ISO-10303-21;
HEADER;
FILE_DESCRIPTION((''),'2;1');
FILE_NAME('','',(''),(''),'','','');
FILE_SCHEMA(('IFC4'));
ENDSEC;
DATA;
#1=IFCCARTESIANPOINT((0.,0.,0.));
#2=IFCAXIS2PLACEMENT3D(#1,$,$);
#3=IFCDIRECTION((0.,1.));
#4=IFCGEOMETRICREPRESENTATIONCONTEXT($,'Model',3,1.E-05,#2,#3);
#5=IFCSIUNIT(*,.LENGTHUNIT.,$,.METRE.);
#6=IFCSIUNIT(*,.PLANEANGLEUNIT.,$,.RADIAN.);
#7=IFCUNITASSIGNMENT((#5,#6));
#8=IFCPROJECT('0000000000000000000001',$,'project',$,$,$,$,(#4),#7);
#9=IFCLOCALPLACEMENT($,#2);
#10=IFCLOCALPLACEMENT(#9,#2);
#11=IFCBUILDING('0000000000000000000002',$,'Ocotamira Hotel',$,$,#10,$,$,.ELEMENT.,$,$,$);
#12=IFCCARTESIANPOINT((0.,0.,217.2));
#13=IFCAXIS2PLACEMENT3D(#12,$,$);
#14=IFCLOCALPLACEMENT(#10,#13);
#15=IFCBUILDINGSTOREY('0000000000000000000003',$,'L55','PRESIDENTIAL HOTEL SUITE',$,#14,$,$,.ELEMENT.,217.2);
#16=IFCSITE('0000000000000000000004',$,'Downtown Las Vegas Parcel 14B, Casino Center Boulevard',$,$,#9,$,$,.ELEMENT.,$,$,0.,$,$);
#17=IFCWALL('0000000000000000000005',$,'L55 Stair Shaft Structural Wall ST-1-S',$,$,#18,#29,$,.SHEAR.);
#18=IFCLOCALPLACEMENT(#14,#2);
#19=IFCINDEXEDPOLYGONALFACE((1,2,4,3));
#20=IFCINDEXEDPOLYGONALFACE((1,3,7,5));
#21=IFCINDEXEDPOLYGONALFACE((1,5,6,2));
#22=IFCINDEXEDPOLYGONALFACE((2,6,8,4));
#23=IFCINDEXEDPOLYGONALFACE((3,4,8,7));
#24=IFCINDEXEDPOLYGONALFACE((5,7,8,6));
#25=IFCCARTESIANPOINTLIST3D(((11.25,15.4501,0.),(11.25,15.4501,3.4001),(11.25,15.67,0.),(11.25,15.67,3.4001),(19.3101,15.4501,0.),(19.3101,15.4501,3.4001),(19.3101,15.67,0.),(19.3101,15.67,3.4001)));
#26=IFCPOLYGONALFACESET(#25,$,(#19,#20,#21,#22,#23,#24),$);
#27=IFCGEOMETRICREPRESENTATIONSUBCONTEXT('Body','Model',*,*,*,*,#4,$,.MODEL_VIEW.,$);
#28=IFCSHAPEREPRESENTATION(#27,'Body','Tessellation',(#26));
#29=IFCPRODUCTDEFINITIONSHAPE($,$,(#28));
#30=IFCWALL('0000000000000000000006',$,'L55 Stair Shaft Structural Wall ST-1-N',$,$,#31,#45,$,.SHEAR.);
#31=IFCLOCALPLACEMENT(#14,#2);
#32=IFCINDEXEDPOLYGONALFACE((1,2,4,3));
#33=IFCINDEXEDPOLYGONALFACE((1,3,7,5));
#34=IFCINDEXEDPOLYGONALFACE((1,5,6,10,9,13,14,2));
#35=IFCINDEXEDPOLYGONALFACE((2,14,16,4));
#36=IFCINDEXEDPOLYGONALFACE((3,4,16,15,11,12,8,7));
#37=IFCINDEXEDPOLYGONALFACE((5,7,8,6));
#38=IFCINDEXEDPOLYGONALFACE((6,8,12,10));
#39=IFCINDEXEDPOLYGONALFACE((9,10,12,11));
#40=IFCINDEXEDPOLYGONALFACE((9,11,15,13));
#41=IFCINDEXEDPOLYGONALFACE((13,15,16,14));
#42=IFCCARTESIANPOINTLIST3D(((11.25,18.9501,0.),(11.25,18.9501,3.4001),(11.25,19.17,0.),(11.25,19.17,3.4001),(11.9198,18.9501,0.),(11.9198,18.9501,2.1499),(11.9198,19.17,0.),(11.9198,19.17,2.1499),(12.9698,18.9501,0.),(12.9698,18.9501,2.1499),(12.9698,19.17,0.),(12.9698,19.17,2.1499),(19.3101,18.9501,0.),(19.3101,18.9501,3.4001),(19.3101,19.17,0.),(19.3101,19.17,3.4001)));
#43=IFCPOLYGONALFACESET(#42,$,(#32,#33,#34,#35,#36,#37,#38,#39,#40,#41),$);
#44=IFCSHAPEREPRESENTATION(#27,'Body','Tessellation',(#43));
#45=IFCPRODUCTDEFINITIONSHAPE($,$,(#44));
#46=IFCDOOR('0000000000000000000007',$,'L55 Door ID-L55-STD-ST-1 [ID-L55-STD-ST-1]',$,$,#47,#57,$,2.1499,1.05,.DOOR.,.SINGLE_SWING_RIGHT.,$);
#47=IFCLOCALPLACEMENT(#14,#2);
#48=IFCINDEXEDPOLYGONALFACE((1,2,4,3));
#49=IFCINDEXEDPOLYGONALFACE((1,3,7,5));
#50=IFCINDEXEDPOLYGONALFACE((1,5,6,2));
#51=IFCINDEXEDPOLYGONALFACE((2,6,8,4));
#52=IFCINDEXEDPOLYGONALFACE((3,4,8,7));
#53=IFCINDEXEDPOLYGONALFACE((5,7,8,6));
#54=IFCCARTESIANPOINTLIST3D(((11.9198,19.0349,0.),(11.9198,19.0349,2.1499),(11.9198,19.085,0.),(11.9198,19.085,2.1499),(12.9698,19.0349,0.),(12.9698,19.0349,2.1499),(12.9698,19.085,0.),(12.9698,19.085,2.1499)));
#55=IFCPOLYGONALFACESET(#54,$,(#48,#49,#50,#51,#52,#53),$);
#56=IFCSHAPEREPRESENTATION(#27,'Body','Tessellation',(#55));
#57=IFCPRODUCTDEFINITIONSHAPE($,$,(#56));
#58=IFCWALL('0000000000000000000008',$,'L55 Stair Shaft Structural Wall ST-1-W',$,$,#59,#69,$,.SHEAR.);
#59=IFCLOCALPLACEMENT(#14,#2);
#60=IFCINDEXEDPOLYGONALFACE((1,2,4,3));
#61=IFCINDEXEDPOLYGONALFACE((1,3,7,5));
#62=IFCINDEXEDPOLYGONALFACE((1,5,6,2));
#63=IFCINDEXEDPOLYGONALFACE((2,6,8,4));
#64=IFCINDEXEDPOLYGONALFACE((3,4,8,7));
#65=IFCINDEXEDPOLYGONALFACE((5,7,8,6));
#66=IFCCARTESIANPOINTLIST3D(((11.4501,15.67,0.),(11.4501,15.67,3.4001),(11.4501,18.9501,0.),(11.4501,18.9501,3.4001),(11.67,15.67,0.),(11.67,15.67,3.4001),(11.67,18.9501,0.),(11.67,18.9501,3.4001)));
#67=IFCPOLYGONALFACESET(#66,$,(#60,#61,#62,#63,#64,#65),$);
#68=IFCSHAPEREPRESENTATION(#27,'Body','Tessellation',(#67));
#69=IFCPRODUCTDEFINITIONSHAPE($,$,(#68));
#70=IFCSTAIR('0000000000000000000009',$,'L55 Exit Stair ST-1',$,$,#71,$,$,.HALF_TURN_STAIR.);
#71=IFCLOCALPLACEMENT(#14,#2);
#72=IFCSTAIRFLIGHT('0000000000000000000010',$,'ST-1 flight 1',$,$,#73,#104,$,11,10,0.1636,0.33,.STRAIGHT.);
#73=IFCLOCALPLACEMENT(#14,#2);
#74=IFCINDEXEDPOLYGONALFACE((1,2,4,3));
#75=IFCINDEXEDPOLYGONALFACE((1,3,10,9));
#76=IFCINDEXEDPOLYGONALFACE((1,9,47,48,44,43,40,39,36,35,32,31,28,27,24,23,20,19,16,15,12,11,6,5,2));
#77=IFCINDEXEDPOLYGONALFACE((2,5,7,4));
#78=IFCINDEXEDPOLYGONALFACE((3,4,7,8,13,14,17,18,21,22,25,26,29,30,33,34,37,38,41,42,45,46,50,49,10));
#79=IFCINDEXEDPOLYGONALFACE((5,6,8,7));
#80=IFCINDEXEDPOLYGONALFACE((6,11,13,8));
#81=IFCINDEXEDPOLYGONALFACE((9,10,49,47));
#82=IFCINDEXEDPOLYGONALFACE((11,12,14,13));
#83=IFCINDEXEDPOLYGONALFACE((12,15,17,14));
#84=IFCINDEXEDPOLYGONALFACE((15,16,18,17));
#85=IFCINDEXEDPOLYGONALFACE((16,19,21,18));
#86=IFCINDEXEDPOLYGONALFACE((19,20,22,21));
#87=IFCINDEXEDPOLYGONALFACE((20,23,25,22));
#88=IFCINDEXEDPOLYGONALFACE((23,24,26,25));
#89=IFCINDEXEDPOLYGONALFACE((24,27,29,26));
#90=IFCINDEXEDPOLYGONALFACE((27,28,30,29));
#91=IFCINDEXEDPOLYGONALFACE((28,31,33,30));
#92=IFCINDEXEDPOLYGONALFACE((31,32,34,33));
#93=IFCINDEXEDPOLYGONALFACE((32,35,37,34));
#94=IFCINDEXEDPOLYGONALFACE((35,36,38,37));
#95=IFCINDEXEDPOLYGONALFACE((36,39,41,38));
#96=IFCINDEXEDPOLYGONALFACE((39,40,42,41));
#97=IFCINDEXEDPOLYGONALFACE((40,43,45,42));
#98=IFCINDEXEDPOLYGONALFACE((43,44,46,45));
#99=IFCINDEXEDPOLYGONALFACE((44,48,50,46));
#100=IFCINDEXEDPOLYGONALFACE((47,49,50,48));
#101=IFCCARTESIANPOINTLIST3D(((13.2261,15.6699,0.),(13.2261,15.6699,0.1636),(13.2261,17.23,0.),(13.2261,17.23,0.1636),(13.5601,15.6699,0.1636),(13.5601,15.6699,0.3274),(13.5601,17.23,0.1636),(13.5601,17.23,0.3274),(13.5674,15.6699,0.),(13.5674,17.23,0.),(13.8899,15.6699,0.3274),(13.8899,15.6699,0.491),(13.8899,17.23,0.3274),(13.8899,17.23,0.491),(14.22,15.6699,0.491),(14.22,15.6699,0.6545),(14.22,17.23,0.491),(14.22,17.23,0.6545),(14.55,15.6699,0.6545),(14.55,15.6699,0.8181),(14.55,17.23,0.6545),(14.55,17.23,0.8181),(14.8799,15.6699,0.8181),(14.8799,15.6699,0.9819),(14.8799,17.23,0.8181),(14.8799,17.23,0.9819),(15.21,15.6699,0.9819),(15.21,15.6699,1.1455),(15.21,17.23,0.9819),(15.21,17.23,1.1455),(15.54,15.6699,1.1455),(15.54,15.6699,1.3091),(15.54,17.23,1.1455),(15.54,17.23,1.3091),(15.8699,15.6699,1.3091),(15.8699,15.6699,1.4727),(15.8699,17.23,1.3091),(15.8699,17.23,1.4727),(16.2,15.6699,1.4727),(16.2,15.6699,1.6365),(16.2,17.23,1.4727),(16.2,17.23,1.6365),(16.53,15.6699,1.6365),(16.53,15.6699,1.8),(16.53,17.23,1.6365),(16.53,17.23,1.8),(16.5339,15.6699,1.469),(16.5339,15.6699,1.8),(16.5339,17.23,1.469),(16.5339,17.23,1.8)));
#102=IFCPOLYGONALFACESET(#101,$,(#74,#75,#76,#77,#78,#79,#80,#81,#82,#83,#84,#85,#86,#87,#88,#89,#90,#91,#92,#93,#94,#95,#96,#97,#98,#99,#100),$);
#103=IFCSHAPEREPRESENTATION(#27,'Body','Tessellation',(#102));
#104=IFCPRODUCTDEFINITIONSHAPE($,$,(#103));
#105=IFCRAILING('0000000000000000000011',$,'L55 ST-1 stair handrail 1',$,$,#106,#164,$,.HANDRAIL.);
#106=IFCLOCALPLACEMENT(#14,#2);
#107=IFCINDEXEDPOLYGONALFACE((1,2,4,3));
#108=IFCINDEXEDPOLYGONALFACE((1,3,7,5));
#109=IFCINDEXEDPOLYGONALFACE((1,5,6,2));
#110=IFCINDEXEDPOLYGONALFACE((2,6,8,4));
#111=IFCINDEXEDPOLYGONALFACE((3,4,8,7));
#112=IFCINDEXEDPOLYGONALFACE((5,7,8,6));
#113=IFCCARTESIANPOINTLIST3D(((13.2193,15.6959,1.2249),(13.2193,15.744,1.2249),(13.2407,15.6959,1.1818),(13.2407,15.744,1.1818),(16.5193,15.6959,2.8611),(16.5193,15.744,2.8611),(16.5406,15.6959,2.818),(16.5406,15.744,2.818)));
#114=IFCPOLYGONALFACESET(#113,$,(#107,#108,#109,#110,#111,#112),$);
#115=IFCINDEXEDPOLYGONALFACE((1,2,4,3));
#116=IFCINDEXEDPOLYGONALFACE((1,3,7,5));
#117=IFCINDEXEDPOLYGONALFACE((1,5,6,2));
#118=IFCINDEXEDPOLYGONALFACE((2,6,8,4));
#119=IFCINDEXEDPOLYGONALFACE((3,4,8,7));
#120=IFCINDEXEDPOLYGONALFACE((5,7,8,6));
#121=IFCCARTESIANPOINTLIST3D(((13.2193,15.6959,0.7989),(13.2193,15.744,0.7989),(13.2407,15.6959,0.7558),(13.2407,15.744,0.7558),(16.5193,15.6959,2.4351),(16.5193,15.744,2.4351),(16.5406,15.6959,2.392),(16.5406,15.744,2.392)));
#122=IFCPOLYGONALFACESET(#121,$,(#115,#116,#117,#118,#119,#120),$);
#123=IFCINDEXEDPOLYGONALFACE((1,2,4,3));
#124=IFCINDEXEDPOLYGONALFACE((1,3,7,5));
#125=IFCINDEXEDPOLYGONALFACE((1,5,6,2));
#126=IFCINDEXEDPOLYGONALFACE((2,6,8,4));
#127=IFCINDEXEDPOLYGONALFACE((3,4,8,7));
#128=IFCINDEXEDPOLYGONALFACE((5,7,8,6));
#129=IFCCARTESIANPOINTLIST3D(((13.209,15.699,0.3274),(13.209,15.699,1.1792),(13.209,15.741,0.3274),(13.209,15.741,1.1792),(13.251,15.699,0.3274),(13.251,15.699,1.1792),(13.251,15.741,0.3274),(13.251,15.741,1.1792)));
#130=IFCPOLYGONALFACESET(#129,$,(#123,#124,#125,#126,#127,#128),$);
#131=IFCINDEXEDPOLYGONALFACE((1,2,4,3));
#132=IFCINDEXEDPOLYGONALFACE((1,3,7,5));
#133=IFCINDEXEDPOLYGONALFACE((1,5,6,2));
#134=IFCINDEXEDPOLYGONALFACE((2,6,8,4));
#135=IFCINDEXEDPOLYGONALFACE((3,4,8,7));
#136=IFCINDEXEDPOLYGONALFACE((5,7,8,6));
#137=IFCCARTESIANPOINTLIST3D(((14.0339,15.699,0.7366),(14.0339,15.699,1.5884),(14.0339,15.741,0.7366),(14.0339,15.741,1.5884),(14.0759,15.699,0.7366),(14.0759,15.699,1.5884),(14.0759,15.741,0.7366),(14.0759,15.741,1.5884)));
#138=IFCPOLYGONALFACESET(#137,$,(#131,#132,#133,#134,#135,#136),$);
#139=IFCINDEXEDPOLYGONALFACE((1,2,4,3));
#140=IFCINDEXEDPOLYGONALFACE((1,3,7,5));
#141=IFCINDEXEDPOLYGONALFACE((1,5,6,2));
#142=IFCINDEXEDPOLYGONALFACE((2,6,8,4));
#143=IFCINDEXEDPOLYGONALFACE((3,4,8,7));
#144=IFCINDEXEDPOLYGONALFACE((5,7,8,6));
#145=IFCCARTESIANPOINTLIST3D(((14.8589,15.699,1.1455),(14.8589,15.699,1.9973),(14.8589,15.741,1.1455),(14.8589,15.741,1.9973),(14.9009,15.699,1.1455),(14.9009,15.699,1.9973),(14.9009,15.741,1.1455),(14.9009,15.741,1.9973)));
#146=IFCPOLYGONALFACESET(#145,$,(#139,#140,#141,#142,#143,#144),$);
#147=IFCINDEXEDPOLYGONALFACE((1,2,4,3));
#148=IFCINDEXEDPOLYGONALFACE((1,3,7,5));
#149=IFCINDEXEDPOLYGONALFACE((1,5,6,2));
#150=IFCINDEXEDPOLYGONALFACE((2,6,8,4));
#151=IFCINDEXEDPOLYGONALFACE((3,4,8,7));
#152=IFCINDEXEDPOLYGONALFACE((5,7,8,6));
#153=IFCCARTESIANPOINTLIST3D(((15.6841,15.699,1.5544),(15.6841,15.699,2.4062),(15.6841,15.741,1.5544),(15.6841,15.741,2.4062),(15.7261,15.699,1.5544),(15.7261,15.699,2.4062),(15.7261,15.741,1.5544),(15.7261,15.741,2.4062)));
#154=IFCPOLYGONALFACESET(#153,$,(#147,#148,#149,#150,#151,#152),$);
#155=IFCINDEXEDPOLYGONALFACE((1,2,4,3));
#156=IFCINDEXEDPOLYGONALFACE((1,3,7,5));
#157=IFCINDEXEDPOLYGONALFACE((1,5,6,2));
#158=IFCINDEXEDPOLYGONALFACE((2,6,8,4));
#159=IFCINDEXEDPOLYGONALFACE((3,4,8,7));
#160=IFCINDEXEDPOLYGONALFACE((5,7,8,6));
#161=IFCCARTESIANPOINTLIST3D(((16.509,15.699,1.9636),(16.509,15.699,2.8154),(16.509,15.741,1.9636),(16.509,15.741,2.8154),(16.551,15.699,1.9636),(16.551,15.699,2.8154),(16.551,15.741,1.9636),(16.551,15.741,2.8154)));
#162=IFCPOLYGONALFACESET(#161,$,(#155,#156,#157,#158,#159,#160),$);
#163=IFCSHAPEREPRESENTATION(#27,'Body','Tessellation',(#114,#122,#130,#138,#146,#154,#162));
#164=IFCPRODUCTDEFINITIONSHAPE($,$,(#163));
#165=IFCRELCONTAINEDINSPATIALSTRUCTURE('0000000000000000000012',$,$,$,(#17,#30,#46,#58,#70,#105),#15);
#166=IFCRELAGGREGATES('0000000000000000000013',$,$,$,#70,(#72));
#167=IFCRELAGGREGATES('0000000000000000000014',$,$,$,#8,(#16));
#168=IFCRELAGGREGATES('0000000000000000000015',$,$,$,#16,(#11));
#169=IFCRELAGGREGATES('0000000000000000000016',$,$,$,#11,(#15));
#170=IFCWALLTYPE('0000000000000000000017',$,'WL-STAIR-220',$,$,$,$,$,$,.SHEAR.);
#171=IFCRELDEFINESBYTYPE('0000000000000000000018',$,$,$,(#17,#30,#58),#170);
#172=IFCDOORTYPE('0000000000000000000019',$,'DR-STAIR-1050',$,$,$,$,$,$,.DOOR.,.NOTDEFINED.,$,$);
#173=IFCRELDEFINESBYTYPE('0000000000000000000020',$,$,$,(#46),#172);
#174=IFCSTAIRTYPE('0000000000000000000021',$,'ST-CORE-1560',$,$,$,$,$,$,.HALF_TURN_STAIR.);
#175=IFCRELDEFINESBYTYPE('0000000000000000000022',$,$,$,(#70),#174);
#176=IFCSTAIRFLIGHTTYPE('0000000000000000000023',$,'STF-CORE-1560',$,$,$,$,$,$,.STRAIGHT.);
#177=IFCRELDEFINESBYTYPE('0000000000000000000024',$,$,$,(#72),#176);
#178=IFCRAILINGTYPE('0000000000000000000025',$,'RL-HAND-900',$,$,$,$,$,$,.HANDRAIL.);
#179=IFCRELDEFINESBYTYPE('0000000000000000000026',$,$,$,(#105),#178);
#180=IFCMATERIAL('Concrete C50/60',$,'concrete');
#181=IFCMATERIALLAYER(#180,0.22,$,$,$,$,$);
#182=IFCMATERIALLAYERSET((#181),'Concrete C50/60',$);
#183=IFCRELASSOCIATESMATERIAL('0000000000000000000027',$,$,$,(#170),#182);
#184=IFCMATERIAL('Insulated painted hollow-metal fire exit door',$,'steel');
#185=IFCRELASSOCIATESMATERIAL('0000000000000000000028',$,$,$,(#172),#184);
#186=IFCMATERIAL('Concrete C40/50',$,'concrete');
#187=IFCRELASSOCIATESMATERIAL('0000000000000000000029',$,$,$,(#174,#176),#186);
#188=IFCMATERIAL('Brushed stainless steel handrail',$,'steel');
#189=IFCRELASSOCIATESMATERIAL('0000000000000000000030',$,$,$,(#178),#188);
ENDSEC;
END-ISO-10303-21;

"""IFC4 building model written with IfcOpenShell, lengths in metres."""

from ifc_helpers import new_model, si_unit, direction, frame, frame_2d, origin, origin_2d, place, context, subcontext, project, spatial, polyline, rectangle, outline, extrude, source, transform, mapped, material, layer, layer_set, type_object, element, fill, aggregate, save


model = new_model("IFC4")

# Units and contexts
model_context = context("Model", 3, precision=1e-05, world=origin(), true_north=direction((0.0, 1.0)))
body_context = subcontext(model_context, "Body", "Model", "MODEL_VIEW")
ifc_project = project(units=[si_unit("LENGTHUNIT", "METRE"), si_unit("PLANEANGLEUNIT", "RADIAN")], contexts=[model_context])

# Site, building, storey
site_placement = place(None, origin())
site = spatial("IfcSite", under=ifc_project, at=site_placement, Name="Downtown Las Vegas Parcel 14B, Casino Center Boulevard", CompositionType="ELEMENT", RefElevation=0.0)
building_placement = place(site_placement, origin())
building = spatial("IfcBuilding", under=site, at=building_placement, Name="Ocotamira Hotel", CompositionType="ELEMENT")
storey_placement = place(building_placement, frame((0.0, 0.0, 217.2)))
storey = spatial("IfcBuildingStorey", under=building, at=storey_placement, Name="L55", Description="PRESIDENTIAL HOTEL SUITE", CompositionType="ELEMENT", Elevation=217.2)

# Shared definitions
ifc_material_1 = material(Name="Concrete C50/60", Category="concrete")

# Wall
ifc_layer_1 = layer(ifc_material_1, 0.22)
ifc_layer_set_1 = layer_set([ifc_layer_1], Name="Concrete C50/60")
wall_type_1 = type_object("IfcWallType", Name="WL-STAIR-220", PredefinedType="SHEAR", material=ifc_layer_set_1)
wall_1_placement = place(storey_placement, frame((11.25, 15.5601, 0.0), z_axis=(0.0, 0.0, 1.0), x_axis=(1.0, 0.0, 0.0)))
element("IfcWall", 1, at=wall_1_placement, inside=storey, type_object=wall_type_1, Name="L55 Stair Shaft Structural Wall ST-1-S", PredefinedType="SHEAR", context=body_context, shape_type="SweptSolid", body=[
    extrude(rectangle(XDim=8.0601, YDim=0.22, at=frame_2d((4.03, 0.0))), origin(), (0.0, 0.0, 1.0), 3.4001),
])

# Wall, opening, door
wall_2_placement = place(storey_placement, frame((11.25, 19.0601, 0.0), z_axis=(0.0, 0.0, 1.0), x_axis=(1.0, 0.0, 0.0)))
wall_2 = element("IfcWall", 2, at=wall_2_placement, inside=storey, type_object=wall_type_1, Name="L55 Stair Shaft Structural Wall ST-1-N", PredefinedType="SHEAR", context=body_context, shape_type="SweptSolid", body=[
    extrude(rectangle(XDim=8.0601, YDim=0.22, at=frame_2d((4.03, 0.0))), origin(), (0.0, 0.0, 1.0), 3.4001),
])
opening_1_placement = place(wall_2_placement, frame((0.6699, 0.0, 0.0)))
opening_1 = element("IfcOpeningElement", 3, at=opening_1_placement, cuts=wall_2, PredefinedType="OPENING", context=body_context, shape_type="SweptSolid", body=[
    extrude(rectangle(XDim=1.05, YDim=2.1499, at=frame_2d((0.5249, 1.075))), frame((0.0, 0.1201, 0.0), z_axis=(0.0, -1.0, 0.0), x_axis=(1.0, 0.0, 0.0)), (0.0, 0.0, 1.0), 0.24),
])
ifc_material_2 = material(Name="Insulated painted hollow-metal fire exit door", Category="steel")
door_type_1 = type_object("IfcDoorType", Name="DR-STAIR-1050", OperationType="NOTDEFINED", PredefinedType="DOOR", material=ifc_material_2)
shared_shape_1 = source(origin(), body_context, "Body", "SweptSolid", [
    extrude(rectangle(XDim=1.05, YDim=2.1499, at=frame_2d((0.5249, 1.075))), frame((0.0, 0.0249, 0.0), z_axis=(0.0, -1.0, 0.0), x_axis=(1.0, 0.0, 0.0)), (0.0, 0.0, 1.0), 0.05),
])
door_1_placement = place(opening_1_placement, origin())
door_1 = element("IfcDoor", 4, at=door_1_placement, inside=storey, type_object=door_type_1, Name="L55 Door ID-L55-STD-ST-1 [ID-L55-STD-ST-1]", OperationType="SINGLE_SWING_RIGHT", OverallHeight=2.1499, OverallWidth=1.05, PredefinedType="DOOR", context=body_context, shape_type="MappedRepresentation", body=[
    mapped(shared_shape_1, transform((0.0, 0.0, 0.0), scale=1.0)),
])
fill(opening_1, door_1)

# Wall
wall_3_placement = place(storey_placement, frame((11.5601, 15.6699, 0.0), z_axis=(0.0, 0.0, 1.0), x_axis=(0.0, 1.0, 0.0)))
element("IfcWall", 5, at=wall_3_placement, inside=storey, type_object=wall_type_1, Name="L55 Stair Shaft Structural Wall ST-1-W", PredefinedType="SHEAR", context=body_context, shape_type="SweptSolid", body=[
    extrude(rectangle(XDim=3.28, YDim=0.22, at=frame_2d((1.6401, 0.0))), origin(), (0.0, 0.0, 1.0), 3.4001),
])

# Stair, stair flight
ifc_material_3 = material(Name="Concrete C40/50", Category="concrete")
stair_type = type_object("IfcStairType", Name="ST-CORE-1560", PredefinedType="HALF_TURN_STAIR", material=ifc_material_3)
stair_placement = place(storey_placement, origin())
stair = element("IfcStair", 6, at=stair_placement, inside=storey, type_object=stair_type, Name="L55 Exit Stair ST-1", PredefinedType="HALF_TURN_STAIR")
stair_flight_type = type_object("IfcStairFlightType", Name="STF-CORE-1560", PredefinedType="STRAIGHT", material=ifc_material_3)
shared_shape_2 = source(origin(), body_context, "Body", "SweptSolid", [
    extrude(outline(polyline([(-0.0039, 0.0), (-0.0039, 0.1636), (0.3301, 0.1636), (0.3301, 0.3274), (0.6599, 0.3274), (0.6599, 0.491), (0.99, 0.491), (0.99, 0.6545), (1.3201, 0.6545), (1.3201, 0.8181), (1.6499, 0.8181), (1.6499, 0.9819), (1.98, 0.9819), (1.98, 1.1455), (2.3101, 1.1455), (2.3101, 1.3091), (2.6399, 1.3091), (2.6399, 1.4727), (2.97, 1.4727), (2.97, 1.6365), (3.3, 1.6365), (3.3, 1.8), (3.304, 1.8), (3.304, 1.469), (0.3374, 0.0), (-0.0039, 0.0)])), frame((0.0, 0.78, 0.0), z_axis=(0.0, -1.0, 0.0), x_axis=(1.0, 0.0, 0.0)), (0.0, 0.0, 1.0), 1.5601),
])
stair_flight_placement = place(storey_placement, frame((13.23, 16.45, 0.0), z_axis=(0.0, 0.0, 1.0), x_axis=(1.0, 0.0, 0.0)))
stair_flight = element("IfcStairFlight", 7, at=stair_flight_placement, type_object=stair_flight_type, Name="ST-1 flight 1", NumberOfRisers=11, NumberOfTreads=10, PredefinedType="STRAIGHT", RiserHeight=0.1636, TreadLength=0.33, context=body_context, shape_type="MappedRepresentation", body=[
    mapped(shared_shape_2, transform((0.0, 0.0, 0.0), scale=1.0)),
])
aggregate(stair, [stair_flight])

# Railing
ifc_material_4 = material(Name="Brushed stainless steel handrail", Category="steel")
railing_type_1 = type_object("IfcRailingType", Name="RL-HAND-900", PredefinedType="HANDRAIL", material=ifc_material_4)
railing_1_placement = place(storey_placement, frame((13.23, 15.72, 0.3274)))
element("IfcRailing", 8, at=railing_1_placement, inside=storey, type_object=railing_type_1, Name="L55 ST-1 stair handrail 1", PredefinedType="HANDRAIL", context=body_context, shape_type="SweptSolid", body=[
    extrude(rectangle(XDim=0.0481, YDim=0.0481, at=origin_2d()), frame((0.0, 0.0, 0.876), z_axis=(0.89592, 0.0, 0.444215), x_axis=(0.0, 1.0, 0.0)), (0.0, 0.0, 1.0), 3.6833),
    extrude(rectangle(XDim=0.0481, YDim=0.0481, at=origin_2d()), frame((0.0, 0.0, 0.45), z_axis=(0.89592, 0.0, 0.444215), x_axis=(0.0, 1.0, 0.0)), (0.0, 0.0, 1.0), 3.6833),
    extrude(rectangle(XDim=0.042, YDim=0.042, at=origin_2d()), origin(), (0.0, 0.0, 1.0), 0.8518),
    extrude(rectangle(XDim=0.042, YDim=0.042, at=origin_2d()), frame((0.825, 0.0, 0.4092)), (0.0, 0.0, 1.0), 0.8518),
    extrude(rectangle(XDim=0.042, YDim=0.042, at=origin_2d()), frame((1.6499, 0.0, 0.8181)), (0.0, 0.0, 1.0), 0.8518),
    extrude(rectangle(XDim=0.042, YDim=0.042, at=origin_2d()), frame((2.4751, 0.0, 1.2271)), (0.0, 0.0, 1.0), 0.8518),
    extrude(rectangle(XDim=0.042, YDim=0.042, at=origin_2d()), frame((3.3, 0.0, 1.6362)), (0.0, 0.0, 1.0), 0.8518),
])

save(model, "model.ifc")
